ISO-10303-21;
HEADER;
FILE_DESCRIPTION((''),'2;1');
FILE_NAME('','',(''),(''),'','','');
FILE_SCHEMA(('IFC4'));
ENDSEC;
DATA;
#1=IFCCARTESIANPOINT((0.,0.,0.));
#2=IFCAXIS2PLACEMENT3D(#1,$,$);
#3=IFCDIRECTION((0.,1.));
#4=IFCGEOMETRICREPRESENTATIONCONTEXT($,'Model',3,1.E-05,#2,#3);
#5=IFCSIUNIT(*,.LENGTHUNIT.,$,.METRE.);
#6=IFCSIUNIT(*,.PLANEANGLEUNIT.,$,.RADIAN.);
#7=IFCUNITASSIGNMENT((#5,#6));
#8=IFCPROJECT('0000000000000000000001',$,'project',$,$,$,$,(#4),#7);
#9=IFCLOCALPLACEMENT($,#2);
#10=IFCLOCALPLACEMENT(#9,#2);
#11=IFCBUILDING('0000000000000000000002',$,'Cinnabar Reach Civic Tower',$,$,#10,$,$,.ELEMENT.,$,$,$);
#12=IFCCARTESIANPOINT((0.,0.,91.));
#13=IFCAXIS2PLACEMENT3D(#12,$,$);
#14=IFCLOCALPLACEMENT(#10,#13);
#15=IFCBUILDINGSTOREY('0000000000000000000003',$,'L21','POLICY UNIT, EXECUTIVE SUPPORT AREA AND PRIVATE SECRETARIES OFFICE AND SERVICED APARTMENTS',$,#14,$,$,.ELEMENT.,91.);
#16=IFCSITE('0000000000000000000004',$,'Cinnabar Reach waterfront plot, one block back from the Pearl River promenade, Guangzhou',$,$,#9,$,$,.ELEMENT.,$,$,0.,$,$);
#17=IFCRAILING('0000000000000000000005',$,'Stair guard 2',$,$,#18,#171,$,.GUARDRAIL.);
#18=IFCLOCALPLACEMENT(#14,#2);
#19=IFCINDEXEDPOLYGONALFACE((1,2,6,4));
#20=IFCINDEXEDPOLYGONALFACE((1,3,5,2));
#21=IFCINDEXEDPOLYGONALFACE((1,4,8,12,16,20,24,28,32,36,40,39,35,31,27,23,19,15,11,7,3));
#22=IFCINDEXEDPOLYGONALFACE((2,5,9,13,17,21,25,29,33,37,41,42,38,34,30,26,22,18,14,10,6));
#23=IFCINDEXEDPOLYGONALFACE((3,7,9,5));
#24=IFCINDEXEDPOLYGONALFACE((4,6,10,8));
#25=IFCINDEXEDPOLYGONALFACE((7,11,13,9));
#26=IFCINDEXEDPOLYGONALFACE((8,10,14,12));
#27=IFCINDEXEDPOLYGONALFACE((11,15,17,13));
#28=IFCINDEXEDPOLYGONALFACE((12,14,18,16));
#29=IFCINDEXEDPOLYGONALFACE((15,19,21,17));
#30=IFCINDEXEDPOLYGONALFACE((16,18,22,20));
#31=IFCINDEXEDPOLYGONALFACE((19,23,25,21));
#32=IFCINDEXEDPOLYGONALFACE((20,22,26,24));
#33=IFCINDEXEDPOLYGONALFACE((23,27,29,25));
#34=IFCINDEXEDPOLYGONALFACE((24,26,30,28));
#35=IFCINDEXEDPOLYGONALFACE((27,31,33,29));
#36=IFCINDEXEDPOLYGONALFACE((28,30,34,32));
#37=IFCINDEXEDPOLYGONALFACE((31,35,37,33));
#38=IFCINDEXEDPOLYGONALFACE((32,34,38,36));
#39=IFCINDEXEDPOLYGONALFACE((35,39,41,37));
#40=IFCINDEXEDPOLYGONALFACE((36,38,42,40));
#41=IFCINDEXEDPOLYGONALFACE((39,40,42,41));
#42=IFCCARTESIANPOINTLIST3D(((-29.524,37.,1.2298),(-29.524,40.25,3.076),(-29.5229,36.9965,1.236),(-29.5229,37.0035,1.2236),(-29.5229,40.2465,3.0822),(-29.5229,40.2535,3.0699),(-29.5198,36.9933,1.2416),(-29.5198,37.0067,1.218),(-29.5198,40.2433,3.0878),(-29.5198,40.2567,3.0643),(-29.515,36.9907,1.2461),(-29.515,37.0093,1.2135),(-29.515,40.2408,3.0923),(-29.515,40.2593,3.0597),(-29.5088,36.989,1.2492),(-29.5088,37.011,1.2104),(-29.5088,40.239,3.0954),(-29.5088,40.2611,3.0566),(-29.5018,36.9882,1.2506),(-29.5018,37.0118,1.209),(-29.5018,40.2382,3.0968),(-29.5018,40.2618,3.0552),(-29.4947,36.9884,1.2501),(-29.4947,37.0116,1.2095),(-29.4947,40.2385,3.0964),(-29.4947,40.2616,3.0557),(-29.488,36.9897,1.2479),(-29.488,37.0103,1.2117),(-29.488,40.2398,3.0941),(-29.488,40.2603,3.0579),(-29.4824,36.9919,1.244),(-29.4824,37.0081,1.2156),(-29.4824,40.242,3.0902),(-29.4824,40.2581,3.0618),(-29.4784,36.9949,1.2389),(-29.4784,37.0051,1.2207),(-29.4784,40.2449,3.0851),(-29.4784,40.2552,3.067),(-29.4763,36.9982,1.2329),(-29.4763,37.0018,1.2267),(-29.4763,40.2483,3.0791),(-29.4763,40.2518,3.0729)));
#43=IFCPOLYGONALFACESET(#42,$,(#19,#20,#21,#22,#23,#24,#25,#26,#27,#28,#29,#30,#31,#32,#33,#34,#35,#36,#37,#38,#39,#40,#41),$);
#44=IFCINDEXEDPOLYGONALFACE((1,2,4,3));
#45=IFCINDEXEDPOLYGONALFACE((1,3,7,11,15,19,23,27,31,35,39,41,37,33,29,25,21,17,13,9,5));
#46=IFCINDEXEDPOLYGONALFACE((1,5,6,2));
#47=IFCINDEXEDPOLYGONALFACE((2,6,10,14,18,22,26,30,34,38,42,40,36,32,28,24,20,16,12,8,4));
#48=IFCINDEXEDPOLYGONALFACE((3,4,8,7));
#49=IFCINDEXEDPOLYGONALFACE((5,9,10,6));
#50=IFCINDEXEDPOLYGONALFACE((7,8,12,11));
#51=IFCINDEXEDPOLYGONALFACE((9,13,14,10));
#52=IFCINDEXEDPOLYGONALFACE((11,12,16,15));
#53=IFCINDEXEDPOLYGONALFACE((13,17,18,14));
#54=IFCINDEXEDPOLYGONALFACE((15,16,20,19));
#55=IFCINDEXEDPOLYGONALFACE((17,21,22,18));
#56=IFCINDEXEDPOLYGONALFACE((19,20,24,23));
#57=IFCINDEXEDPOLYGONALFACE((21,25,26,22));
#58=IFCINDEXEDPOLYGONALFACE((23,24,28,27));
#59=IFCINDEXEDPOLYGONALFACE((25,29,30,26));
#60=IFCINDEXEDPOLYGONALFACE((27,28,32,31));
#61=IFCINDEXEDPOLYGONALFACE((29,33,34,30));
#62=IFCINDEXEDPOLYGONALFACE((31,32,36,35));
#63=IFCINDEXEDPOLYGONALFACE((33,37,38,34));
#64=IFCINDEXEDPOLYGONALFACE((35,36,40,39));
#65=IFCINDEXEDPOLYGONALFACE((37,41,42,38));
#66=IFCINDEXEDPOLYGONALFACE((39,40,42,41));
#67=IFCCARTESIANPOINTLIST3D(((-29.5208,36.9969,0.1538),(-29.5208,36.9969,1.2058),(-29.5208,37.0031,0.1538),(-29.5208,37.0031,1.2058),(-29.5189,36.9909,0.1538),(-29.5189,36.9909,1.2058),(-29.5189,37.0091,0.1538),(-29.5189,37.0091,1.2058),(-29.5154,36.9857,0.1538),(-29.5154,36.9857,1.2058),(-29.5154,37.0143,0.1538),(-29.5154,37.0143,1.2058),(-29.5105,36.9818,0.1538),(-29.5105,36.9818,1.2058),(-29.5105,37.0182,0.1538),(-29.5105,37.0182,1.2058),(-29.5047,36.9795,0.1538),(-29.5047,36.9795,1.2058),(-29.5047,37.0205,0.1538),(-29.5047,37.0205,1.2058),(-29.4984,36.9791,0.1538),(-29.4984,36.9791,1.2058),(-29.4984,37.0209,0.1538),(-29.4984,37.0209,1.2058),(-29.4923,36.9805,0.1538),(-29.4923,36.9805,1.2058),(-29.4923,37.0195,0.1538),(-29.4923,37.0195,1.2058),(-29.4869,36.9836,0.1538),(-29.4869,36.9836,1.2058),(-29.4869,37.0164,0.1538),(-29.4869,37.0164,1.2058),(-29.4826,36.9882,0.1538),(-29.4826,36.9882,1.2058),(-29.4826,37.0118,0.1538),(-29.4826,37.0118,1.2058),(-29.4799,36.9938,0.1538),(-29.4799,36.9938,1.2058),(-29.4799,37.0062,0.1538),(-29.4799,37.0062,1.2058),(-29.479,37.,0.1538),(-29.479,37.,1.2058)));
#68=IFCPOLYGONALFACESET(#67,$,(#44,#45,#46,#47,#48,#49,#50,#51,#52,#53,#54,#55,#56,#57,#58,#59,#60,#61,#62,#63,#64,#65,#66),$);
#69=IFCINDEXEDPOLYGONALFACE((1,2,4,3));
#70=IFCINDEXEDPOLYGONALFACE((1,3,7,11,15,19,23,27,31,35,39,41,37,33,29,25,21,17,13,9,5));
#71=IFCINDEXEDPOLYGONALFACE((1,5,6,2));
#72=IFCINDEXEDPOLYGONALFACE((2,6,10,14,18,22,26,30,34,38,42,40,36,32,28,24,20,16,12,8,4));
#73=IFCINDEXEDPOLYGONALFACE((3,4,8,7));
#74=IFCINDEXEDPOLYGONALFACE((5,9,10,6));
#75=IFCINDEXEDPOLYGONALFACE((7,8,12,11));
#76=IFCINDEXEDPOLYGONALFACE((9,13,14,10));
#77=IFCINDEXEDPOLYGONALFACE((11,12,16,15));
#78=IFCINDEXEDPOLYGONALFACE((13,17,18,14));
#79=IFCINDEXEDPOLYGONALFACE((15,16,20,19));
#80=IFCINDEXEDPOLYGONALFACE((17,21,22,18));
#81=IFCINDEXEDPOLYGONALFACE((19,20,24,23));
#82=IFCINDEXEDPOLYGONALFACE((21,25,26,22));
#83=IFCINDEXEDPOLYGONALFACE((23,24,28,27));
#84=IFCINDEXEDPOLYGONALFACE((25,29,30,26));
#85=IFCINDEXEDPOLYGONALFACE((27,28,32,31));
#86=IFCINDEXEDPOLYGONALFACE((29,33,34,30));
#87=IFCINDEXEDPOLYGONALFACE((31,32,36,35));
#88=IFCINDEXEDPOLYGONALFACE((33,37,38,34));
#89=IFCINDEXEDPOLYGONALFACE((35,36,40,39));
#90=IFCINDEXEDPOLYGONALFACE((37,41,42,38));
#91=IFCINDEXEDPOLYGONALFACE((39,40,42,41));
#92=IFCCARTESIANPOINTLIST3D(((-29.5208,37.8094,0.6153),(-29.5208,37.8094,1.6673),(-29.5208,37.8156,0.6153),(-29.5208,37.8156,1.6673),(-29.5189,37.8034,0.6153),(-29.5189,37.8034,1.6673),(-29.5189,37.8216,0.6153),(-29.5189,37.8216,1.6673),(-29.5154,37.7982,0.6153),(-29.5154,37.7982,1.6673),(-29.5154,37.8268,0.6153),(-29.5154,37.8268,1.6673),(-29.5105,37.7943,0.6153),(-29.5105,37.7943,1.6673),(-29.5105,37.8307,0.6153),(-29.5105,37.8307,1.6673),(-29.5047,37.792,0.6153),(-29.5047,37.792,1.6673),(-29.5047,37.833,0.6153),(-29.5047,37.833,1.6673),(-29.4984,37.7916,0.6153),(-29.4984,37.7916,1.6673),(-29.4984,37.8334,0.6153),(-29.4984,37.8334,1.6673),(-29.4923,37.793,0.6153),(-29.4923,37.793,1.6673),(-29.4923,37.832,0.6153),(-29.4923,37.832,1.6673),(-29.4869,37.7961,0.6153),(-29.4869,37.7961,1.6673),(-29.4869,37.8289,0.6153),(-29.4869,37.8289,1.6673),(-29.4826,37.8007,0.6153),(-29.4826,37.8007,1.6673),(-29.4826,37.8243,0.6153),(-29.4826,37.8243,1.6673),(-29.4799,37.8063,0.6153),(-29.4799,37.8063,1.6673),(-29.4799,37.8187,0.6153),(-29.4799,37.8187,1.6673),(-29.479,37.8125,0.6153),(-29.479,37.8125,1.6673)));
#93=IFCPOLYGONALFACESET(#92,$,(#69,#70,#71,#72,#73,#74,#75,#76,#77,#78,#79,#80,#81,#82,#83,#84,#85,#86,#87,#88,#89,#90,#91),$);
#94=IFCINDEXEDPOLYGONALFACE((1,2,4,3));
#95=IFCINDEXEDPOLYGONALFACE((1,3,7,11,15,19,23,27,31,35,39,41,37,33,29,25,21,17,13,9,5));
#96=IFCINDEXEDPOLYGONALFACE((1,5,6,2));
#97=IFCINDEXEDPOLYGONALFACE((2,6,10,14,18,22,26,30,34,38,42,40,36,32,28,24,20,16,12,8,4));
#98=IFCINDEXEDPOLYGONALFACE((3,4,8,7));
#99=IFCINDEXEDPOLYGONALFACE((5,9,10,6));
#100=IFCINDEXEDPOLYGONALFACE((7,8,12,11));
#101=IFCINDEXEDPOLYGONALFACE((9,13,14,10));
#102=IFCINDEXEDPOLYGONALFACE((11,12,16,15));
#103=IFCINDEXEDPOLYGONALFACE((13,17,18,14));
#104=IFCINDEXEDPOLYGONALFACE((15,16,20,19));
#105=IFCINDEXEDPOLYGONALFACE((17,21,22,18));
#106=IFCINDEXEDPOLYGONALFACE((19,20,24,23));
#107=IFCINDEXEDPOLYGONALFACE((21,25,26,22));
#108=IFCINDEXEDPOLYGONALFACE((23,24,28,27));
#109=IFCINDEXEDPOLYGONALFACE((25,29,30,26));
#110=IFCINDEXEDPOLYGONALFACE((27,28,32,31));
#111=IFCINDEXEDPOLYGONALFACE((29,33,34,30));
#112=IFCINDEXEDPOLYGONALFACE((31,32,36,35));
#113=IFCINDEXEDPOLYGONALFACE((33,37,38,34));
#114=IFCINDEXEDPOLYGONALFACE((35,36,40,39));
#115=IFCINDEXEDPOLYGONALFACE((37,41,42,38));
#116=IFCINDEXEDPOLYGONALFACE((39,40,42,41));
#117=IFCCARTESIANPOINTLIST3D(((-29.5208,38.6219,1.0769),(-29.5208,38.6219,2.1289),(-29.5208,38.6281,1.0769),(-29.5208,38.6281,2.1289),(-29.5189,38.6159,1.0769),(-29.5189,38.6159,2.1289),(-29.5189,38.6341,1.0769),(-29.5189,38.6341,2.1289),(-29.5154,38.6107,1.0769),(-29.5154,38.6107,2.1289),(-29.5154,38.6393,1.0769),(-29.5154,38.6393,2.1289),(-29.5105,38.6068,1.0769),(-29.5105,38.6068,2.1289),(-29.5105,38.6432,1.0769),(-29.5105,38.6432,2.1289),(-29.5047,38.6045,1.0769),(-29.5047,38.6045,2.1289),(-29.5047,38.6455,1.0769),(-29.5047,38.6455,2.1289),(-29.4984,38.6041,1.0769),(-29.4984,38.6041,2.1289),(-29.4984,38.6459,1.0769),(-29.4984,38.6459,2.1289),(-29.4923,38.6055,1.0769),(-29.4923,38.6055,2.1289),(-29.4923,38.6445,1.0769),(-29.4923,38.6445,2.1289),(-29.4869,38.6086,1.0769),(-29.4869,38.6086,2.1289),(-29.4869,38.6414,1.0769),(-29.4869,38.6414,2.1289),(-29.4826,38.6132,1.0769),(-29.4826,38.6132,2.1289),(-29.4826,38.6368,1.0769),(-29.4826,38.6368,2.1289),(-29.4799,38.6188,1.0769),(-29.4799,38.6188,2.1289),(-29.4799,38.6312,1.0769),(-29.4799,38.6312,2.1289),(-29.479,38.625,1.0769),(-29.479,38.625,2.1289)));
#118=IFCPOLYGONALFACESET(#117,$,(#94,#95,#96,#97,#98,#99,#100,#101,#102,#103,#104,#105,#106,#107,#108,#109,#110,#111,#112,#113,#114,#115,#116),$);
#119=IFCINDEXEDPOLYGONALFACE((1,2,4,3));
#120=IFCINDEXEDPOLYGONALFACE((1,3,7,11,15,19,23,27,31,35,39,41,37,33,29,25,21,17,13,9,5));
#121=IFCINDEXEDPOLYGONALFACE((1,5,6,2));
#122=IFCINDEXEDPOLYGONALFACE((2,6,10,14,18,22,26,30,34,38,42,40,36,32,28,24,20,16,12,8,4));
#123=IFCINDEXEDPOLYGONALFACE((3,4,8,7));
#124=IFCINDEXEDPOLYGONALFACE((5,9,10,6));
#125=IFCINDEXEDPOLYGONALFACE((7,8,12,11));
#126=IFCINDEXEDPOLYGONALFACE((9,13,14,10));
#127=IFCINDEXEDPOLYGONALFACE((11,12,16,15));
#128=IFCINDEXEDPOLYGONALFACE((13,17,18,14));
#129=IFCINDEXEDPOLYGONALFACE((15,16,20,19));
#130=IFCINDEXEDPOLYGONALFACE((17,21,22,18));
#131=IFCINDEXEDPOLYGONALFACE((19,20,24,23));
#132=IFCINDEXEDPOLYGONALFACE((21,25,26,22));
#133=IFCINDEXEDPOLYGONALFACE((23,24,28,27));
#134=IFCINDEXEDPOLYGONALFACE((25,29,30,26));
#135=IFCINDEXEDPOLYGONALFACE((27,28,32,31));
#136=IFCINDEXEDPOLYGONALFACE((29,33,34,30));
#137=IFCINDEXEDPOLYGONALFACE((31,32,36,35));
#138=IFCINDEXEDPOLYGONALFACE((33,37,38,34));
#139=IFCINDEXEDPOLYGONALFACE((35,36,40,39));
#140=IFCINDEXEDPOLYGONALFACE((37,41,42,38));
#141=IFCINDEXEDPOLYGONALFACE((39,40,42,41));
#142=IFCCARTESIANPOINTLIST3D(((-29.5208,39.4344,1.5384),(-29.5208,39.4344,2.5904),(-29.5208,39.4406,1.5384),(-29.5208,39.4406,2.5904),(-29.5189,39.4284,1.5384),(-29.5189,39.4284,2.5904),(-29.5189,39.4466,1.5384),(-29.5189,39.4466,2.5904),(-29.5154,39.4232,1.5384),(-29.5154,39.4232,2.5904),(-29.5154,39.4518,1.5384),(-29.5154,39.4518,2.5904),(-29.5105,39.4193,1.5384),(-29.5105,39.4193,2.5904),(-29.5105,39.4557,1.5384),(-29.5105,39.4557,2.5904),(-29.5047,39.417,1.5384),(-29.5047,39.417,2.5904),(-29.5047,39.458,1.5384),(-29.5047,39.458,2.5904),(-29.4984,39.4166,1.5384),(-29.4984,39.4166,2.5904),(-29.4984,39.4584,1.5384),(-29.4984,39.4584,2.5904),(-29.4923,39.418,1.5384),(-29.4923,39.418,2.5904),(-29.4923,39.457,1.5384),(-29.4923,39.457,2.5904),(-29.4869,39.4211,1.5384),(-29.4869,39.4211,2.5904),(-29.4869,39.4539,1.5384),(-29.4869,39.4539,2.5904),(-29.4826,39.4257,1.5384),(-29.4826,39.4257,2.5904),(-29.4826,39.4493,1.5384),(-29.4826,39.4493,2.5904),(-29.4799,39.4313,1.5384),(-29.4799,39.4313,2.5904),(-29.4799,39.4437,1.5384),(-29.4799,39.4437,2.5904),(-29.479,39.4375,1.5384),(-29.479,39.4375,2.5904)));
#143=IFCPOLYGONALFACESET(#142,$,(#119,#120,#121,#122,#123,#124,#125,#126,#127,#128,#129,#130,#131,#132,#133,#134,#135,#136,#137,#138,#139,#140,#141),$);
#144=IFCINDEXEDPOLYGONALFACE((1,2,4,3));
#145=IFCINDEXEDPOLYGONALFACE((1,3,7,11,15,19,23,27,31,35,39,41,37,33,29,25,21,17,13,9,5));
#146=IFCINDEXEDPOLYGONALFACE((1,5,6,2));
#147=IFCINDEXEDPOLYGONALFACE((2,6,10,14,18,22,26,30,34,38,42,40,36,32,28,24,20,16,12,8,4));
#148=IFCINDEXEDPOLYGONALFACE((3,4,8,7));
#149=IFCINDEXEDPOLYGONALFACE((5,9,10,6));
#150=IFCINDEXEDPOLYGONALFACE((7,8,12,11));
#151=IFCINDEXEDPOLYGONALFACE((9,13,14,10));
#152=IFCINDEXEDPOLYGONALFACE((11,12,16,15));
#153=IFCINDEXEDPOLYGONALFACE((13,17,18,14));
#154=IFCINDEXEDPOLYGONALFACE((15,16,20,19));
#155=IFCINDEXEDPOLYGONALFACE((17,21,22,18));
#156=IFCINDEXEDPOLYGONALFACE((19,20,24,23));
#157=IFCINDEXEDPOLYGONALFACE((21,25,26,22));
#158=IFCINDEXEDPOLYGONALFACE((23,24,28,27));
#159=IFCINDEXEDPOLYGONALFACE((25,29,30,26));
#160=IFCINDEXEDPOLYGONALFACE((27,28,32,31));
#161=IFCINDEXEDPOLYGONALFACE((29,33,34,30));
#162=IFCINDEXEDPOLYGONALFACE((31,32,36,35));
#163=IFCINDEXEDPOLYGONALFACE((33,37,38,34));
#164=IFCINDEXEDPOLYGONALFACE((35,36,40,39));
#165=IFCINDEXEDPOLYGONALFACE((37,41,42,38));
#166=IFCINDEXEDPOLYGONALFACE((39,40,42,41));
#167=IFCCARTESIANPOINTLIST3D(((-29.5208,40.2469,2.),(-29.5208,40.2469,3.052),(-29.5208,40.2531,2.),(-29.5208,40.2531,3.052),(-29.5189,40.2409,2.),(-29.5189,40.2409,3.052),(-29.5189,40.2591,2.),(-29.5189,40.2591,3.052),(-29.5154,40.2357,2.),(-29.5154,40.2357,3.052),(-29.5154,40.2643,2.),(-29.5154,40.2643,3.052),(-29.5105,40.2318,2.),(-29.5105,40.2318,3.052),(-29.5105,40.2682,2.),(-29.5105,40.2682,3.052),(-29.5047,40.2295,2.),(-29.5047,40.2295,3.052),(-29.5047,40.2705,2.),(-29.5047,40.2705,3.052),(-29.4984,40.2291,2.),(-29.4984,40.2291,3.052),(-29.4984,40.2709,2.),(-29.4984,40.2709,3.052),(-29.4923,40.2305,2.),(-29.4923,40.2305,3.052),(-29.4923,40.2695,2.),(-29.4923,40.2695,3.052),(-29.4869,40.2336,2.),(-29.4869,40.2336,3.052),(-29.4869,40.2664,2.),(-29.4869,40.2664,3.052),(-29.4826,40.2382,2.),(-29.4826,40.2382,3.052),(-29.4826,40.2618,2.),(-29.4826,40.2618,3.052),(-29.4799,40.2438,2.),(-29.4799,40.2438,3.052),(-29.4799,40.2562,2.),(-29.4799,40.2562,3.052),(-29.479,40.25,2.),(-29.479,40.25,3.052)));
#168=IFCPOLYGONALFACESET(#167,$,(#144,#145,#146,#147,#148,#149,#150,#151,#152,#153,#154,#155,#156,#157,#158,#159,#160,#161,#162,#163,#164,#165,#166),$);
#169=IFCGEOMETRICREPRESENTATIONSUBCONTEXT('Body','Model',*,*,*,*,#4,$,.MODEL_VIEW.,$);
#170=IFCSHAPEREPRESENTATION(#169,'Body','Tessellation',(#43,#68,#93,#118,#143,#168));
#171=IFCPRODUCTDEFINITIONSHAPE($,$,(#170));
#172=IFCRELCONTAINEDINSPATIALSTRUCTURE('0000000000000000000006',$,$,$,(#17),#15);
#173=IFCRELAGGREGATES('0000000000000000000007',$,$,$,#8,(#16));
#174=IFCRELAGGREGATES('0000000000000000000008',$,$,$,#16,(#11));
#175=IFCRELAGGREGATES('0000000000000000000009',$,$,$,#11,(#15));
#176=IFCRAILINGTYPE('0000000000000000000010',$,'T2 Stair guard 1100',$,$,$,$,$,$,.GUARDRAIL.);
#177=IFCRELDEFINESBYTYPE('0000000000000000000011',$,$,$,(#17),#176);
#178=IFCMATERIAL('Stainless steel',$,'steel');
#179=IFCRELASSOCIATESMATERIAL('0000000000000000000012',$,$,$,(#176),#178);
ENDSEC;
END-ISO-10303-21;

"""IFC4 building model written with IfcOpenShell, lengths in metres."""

from ifc_helpers import new_model, si_unit, direction, frame, origin, origin_2d, place, context, subcontext, project, spatial, circle, extrude, material, type_object, element, save


model = new_model("IFC4")

# Units and contexts
model_context = context("Model", 3, precision=1e-05, world=origin(), true_north=direction((0.0, 1.0)))
body_context = subcontext(model_context, "Body", "Model", "MODEL_VIEW")
ifc_project = project(units=[si_unit("LENGTHUNIT", "METRE"), si_unit("PLANEANGLEUNIT", "RADIAN")], contexts=[model_context])

# Site, building, storey
site_placement = place(None, origin())
site = spatial("IfcSite", under=ifc_project, at=site_placement, Name="Cinnabar Reach waterfront plot, one block back from the Pearl River promenade, Guangzhou", CompositionType="ELEMENT", RefElevation=0.0)
building_placement = place(site_placement, origin())
building = spatial("IfcBuilding", under=site, at=building_placement, Name="Cinnabar Reach Civic Tower", CompositionType="ELEMENT")
storey_placement = place(building_placement, frame((0.0, 0.0, 91.0)))
storey = spatial("IfcBuildingStorey", under=building, at=storey_placement, Name="L21", Description="POLICY UNIT, EXECUTIVE SUPPORT AREA AND PRIVATE SECRETARIES OFFICE AND SERVICED APARTMENTS", CompositionType="ELEMENT", Elevation=91.0)

# Railing
ifc_material_1 = material(Name="Stainless steel", Category="steel")
railing_type_1 = type_object("IfcRailingType", Name="T2 Stair guard 1100", PredefinedType="GUARDRAIL", material=ifc_material_1)
railing_1_placement = place(storey_placement, frame((-29.5, 37.0, 0.1538)))
element("IfcRailing", 1, at=railing_1_placement, inside=storey, type_object=railing_type_1, Name="Stair guard 2", PredefinedType="GUARDRAIL", context=body_context, shape_type="SweptSolid", body=[
    extrude(circle(Radius=0.024, at=origin_2d()), frame((0.0, 0.0, 1.076), z_axis=(0.0, 0.869501, 0.49393), x_axis=(-1.0, 0.0, 0.0)), (0.0, 0.0, 1.0), 3.7378),
    extrude(circle(Radius=0.021, at=origin_2d()), origin(), (0.0, 0.0, 1.0), 1.052),
    extrude(circle(Radius=0.021, at=origin_2d()), frame((0.0, 0.8125, 0.4615)), (0.0, 0.0, 1.0), 1.052),
    extrude(circle(Radius=0.021, at=origin_2d()), frame((0.0, 1.625, 0.9231)), (0.0, 0.0, 1.0), 1.052),
    extrude(circle(Radius=0.021, at=origin_2d()), frame((0.0, 2.4375, 1.3846)), (0.0, 0.0, 1.0), 1.052),
    extrude(circle(Radius=0.021, at=origin_2d()), frame((0.0, 3.25, 1.8462)), (0.0, 0.0, 1.0), 1.052),
])

save(model, "model.ifc")
